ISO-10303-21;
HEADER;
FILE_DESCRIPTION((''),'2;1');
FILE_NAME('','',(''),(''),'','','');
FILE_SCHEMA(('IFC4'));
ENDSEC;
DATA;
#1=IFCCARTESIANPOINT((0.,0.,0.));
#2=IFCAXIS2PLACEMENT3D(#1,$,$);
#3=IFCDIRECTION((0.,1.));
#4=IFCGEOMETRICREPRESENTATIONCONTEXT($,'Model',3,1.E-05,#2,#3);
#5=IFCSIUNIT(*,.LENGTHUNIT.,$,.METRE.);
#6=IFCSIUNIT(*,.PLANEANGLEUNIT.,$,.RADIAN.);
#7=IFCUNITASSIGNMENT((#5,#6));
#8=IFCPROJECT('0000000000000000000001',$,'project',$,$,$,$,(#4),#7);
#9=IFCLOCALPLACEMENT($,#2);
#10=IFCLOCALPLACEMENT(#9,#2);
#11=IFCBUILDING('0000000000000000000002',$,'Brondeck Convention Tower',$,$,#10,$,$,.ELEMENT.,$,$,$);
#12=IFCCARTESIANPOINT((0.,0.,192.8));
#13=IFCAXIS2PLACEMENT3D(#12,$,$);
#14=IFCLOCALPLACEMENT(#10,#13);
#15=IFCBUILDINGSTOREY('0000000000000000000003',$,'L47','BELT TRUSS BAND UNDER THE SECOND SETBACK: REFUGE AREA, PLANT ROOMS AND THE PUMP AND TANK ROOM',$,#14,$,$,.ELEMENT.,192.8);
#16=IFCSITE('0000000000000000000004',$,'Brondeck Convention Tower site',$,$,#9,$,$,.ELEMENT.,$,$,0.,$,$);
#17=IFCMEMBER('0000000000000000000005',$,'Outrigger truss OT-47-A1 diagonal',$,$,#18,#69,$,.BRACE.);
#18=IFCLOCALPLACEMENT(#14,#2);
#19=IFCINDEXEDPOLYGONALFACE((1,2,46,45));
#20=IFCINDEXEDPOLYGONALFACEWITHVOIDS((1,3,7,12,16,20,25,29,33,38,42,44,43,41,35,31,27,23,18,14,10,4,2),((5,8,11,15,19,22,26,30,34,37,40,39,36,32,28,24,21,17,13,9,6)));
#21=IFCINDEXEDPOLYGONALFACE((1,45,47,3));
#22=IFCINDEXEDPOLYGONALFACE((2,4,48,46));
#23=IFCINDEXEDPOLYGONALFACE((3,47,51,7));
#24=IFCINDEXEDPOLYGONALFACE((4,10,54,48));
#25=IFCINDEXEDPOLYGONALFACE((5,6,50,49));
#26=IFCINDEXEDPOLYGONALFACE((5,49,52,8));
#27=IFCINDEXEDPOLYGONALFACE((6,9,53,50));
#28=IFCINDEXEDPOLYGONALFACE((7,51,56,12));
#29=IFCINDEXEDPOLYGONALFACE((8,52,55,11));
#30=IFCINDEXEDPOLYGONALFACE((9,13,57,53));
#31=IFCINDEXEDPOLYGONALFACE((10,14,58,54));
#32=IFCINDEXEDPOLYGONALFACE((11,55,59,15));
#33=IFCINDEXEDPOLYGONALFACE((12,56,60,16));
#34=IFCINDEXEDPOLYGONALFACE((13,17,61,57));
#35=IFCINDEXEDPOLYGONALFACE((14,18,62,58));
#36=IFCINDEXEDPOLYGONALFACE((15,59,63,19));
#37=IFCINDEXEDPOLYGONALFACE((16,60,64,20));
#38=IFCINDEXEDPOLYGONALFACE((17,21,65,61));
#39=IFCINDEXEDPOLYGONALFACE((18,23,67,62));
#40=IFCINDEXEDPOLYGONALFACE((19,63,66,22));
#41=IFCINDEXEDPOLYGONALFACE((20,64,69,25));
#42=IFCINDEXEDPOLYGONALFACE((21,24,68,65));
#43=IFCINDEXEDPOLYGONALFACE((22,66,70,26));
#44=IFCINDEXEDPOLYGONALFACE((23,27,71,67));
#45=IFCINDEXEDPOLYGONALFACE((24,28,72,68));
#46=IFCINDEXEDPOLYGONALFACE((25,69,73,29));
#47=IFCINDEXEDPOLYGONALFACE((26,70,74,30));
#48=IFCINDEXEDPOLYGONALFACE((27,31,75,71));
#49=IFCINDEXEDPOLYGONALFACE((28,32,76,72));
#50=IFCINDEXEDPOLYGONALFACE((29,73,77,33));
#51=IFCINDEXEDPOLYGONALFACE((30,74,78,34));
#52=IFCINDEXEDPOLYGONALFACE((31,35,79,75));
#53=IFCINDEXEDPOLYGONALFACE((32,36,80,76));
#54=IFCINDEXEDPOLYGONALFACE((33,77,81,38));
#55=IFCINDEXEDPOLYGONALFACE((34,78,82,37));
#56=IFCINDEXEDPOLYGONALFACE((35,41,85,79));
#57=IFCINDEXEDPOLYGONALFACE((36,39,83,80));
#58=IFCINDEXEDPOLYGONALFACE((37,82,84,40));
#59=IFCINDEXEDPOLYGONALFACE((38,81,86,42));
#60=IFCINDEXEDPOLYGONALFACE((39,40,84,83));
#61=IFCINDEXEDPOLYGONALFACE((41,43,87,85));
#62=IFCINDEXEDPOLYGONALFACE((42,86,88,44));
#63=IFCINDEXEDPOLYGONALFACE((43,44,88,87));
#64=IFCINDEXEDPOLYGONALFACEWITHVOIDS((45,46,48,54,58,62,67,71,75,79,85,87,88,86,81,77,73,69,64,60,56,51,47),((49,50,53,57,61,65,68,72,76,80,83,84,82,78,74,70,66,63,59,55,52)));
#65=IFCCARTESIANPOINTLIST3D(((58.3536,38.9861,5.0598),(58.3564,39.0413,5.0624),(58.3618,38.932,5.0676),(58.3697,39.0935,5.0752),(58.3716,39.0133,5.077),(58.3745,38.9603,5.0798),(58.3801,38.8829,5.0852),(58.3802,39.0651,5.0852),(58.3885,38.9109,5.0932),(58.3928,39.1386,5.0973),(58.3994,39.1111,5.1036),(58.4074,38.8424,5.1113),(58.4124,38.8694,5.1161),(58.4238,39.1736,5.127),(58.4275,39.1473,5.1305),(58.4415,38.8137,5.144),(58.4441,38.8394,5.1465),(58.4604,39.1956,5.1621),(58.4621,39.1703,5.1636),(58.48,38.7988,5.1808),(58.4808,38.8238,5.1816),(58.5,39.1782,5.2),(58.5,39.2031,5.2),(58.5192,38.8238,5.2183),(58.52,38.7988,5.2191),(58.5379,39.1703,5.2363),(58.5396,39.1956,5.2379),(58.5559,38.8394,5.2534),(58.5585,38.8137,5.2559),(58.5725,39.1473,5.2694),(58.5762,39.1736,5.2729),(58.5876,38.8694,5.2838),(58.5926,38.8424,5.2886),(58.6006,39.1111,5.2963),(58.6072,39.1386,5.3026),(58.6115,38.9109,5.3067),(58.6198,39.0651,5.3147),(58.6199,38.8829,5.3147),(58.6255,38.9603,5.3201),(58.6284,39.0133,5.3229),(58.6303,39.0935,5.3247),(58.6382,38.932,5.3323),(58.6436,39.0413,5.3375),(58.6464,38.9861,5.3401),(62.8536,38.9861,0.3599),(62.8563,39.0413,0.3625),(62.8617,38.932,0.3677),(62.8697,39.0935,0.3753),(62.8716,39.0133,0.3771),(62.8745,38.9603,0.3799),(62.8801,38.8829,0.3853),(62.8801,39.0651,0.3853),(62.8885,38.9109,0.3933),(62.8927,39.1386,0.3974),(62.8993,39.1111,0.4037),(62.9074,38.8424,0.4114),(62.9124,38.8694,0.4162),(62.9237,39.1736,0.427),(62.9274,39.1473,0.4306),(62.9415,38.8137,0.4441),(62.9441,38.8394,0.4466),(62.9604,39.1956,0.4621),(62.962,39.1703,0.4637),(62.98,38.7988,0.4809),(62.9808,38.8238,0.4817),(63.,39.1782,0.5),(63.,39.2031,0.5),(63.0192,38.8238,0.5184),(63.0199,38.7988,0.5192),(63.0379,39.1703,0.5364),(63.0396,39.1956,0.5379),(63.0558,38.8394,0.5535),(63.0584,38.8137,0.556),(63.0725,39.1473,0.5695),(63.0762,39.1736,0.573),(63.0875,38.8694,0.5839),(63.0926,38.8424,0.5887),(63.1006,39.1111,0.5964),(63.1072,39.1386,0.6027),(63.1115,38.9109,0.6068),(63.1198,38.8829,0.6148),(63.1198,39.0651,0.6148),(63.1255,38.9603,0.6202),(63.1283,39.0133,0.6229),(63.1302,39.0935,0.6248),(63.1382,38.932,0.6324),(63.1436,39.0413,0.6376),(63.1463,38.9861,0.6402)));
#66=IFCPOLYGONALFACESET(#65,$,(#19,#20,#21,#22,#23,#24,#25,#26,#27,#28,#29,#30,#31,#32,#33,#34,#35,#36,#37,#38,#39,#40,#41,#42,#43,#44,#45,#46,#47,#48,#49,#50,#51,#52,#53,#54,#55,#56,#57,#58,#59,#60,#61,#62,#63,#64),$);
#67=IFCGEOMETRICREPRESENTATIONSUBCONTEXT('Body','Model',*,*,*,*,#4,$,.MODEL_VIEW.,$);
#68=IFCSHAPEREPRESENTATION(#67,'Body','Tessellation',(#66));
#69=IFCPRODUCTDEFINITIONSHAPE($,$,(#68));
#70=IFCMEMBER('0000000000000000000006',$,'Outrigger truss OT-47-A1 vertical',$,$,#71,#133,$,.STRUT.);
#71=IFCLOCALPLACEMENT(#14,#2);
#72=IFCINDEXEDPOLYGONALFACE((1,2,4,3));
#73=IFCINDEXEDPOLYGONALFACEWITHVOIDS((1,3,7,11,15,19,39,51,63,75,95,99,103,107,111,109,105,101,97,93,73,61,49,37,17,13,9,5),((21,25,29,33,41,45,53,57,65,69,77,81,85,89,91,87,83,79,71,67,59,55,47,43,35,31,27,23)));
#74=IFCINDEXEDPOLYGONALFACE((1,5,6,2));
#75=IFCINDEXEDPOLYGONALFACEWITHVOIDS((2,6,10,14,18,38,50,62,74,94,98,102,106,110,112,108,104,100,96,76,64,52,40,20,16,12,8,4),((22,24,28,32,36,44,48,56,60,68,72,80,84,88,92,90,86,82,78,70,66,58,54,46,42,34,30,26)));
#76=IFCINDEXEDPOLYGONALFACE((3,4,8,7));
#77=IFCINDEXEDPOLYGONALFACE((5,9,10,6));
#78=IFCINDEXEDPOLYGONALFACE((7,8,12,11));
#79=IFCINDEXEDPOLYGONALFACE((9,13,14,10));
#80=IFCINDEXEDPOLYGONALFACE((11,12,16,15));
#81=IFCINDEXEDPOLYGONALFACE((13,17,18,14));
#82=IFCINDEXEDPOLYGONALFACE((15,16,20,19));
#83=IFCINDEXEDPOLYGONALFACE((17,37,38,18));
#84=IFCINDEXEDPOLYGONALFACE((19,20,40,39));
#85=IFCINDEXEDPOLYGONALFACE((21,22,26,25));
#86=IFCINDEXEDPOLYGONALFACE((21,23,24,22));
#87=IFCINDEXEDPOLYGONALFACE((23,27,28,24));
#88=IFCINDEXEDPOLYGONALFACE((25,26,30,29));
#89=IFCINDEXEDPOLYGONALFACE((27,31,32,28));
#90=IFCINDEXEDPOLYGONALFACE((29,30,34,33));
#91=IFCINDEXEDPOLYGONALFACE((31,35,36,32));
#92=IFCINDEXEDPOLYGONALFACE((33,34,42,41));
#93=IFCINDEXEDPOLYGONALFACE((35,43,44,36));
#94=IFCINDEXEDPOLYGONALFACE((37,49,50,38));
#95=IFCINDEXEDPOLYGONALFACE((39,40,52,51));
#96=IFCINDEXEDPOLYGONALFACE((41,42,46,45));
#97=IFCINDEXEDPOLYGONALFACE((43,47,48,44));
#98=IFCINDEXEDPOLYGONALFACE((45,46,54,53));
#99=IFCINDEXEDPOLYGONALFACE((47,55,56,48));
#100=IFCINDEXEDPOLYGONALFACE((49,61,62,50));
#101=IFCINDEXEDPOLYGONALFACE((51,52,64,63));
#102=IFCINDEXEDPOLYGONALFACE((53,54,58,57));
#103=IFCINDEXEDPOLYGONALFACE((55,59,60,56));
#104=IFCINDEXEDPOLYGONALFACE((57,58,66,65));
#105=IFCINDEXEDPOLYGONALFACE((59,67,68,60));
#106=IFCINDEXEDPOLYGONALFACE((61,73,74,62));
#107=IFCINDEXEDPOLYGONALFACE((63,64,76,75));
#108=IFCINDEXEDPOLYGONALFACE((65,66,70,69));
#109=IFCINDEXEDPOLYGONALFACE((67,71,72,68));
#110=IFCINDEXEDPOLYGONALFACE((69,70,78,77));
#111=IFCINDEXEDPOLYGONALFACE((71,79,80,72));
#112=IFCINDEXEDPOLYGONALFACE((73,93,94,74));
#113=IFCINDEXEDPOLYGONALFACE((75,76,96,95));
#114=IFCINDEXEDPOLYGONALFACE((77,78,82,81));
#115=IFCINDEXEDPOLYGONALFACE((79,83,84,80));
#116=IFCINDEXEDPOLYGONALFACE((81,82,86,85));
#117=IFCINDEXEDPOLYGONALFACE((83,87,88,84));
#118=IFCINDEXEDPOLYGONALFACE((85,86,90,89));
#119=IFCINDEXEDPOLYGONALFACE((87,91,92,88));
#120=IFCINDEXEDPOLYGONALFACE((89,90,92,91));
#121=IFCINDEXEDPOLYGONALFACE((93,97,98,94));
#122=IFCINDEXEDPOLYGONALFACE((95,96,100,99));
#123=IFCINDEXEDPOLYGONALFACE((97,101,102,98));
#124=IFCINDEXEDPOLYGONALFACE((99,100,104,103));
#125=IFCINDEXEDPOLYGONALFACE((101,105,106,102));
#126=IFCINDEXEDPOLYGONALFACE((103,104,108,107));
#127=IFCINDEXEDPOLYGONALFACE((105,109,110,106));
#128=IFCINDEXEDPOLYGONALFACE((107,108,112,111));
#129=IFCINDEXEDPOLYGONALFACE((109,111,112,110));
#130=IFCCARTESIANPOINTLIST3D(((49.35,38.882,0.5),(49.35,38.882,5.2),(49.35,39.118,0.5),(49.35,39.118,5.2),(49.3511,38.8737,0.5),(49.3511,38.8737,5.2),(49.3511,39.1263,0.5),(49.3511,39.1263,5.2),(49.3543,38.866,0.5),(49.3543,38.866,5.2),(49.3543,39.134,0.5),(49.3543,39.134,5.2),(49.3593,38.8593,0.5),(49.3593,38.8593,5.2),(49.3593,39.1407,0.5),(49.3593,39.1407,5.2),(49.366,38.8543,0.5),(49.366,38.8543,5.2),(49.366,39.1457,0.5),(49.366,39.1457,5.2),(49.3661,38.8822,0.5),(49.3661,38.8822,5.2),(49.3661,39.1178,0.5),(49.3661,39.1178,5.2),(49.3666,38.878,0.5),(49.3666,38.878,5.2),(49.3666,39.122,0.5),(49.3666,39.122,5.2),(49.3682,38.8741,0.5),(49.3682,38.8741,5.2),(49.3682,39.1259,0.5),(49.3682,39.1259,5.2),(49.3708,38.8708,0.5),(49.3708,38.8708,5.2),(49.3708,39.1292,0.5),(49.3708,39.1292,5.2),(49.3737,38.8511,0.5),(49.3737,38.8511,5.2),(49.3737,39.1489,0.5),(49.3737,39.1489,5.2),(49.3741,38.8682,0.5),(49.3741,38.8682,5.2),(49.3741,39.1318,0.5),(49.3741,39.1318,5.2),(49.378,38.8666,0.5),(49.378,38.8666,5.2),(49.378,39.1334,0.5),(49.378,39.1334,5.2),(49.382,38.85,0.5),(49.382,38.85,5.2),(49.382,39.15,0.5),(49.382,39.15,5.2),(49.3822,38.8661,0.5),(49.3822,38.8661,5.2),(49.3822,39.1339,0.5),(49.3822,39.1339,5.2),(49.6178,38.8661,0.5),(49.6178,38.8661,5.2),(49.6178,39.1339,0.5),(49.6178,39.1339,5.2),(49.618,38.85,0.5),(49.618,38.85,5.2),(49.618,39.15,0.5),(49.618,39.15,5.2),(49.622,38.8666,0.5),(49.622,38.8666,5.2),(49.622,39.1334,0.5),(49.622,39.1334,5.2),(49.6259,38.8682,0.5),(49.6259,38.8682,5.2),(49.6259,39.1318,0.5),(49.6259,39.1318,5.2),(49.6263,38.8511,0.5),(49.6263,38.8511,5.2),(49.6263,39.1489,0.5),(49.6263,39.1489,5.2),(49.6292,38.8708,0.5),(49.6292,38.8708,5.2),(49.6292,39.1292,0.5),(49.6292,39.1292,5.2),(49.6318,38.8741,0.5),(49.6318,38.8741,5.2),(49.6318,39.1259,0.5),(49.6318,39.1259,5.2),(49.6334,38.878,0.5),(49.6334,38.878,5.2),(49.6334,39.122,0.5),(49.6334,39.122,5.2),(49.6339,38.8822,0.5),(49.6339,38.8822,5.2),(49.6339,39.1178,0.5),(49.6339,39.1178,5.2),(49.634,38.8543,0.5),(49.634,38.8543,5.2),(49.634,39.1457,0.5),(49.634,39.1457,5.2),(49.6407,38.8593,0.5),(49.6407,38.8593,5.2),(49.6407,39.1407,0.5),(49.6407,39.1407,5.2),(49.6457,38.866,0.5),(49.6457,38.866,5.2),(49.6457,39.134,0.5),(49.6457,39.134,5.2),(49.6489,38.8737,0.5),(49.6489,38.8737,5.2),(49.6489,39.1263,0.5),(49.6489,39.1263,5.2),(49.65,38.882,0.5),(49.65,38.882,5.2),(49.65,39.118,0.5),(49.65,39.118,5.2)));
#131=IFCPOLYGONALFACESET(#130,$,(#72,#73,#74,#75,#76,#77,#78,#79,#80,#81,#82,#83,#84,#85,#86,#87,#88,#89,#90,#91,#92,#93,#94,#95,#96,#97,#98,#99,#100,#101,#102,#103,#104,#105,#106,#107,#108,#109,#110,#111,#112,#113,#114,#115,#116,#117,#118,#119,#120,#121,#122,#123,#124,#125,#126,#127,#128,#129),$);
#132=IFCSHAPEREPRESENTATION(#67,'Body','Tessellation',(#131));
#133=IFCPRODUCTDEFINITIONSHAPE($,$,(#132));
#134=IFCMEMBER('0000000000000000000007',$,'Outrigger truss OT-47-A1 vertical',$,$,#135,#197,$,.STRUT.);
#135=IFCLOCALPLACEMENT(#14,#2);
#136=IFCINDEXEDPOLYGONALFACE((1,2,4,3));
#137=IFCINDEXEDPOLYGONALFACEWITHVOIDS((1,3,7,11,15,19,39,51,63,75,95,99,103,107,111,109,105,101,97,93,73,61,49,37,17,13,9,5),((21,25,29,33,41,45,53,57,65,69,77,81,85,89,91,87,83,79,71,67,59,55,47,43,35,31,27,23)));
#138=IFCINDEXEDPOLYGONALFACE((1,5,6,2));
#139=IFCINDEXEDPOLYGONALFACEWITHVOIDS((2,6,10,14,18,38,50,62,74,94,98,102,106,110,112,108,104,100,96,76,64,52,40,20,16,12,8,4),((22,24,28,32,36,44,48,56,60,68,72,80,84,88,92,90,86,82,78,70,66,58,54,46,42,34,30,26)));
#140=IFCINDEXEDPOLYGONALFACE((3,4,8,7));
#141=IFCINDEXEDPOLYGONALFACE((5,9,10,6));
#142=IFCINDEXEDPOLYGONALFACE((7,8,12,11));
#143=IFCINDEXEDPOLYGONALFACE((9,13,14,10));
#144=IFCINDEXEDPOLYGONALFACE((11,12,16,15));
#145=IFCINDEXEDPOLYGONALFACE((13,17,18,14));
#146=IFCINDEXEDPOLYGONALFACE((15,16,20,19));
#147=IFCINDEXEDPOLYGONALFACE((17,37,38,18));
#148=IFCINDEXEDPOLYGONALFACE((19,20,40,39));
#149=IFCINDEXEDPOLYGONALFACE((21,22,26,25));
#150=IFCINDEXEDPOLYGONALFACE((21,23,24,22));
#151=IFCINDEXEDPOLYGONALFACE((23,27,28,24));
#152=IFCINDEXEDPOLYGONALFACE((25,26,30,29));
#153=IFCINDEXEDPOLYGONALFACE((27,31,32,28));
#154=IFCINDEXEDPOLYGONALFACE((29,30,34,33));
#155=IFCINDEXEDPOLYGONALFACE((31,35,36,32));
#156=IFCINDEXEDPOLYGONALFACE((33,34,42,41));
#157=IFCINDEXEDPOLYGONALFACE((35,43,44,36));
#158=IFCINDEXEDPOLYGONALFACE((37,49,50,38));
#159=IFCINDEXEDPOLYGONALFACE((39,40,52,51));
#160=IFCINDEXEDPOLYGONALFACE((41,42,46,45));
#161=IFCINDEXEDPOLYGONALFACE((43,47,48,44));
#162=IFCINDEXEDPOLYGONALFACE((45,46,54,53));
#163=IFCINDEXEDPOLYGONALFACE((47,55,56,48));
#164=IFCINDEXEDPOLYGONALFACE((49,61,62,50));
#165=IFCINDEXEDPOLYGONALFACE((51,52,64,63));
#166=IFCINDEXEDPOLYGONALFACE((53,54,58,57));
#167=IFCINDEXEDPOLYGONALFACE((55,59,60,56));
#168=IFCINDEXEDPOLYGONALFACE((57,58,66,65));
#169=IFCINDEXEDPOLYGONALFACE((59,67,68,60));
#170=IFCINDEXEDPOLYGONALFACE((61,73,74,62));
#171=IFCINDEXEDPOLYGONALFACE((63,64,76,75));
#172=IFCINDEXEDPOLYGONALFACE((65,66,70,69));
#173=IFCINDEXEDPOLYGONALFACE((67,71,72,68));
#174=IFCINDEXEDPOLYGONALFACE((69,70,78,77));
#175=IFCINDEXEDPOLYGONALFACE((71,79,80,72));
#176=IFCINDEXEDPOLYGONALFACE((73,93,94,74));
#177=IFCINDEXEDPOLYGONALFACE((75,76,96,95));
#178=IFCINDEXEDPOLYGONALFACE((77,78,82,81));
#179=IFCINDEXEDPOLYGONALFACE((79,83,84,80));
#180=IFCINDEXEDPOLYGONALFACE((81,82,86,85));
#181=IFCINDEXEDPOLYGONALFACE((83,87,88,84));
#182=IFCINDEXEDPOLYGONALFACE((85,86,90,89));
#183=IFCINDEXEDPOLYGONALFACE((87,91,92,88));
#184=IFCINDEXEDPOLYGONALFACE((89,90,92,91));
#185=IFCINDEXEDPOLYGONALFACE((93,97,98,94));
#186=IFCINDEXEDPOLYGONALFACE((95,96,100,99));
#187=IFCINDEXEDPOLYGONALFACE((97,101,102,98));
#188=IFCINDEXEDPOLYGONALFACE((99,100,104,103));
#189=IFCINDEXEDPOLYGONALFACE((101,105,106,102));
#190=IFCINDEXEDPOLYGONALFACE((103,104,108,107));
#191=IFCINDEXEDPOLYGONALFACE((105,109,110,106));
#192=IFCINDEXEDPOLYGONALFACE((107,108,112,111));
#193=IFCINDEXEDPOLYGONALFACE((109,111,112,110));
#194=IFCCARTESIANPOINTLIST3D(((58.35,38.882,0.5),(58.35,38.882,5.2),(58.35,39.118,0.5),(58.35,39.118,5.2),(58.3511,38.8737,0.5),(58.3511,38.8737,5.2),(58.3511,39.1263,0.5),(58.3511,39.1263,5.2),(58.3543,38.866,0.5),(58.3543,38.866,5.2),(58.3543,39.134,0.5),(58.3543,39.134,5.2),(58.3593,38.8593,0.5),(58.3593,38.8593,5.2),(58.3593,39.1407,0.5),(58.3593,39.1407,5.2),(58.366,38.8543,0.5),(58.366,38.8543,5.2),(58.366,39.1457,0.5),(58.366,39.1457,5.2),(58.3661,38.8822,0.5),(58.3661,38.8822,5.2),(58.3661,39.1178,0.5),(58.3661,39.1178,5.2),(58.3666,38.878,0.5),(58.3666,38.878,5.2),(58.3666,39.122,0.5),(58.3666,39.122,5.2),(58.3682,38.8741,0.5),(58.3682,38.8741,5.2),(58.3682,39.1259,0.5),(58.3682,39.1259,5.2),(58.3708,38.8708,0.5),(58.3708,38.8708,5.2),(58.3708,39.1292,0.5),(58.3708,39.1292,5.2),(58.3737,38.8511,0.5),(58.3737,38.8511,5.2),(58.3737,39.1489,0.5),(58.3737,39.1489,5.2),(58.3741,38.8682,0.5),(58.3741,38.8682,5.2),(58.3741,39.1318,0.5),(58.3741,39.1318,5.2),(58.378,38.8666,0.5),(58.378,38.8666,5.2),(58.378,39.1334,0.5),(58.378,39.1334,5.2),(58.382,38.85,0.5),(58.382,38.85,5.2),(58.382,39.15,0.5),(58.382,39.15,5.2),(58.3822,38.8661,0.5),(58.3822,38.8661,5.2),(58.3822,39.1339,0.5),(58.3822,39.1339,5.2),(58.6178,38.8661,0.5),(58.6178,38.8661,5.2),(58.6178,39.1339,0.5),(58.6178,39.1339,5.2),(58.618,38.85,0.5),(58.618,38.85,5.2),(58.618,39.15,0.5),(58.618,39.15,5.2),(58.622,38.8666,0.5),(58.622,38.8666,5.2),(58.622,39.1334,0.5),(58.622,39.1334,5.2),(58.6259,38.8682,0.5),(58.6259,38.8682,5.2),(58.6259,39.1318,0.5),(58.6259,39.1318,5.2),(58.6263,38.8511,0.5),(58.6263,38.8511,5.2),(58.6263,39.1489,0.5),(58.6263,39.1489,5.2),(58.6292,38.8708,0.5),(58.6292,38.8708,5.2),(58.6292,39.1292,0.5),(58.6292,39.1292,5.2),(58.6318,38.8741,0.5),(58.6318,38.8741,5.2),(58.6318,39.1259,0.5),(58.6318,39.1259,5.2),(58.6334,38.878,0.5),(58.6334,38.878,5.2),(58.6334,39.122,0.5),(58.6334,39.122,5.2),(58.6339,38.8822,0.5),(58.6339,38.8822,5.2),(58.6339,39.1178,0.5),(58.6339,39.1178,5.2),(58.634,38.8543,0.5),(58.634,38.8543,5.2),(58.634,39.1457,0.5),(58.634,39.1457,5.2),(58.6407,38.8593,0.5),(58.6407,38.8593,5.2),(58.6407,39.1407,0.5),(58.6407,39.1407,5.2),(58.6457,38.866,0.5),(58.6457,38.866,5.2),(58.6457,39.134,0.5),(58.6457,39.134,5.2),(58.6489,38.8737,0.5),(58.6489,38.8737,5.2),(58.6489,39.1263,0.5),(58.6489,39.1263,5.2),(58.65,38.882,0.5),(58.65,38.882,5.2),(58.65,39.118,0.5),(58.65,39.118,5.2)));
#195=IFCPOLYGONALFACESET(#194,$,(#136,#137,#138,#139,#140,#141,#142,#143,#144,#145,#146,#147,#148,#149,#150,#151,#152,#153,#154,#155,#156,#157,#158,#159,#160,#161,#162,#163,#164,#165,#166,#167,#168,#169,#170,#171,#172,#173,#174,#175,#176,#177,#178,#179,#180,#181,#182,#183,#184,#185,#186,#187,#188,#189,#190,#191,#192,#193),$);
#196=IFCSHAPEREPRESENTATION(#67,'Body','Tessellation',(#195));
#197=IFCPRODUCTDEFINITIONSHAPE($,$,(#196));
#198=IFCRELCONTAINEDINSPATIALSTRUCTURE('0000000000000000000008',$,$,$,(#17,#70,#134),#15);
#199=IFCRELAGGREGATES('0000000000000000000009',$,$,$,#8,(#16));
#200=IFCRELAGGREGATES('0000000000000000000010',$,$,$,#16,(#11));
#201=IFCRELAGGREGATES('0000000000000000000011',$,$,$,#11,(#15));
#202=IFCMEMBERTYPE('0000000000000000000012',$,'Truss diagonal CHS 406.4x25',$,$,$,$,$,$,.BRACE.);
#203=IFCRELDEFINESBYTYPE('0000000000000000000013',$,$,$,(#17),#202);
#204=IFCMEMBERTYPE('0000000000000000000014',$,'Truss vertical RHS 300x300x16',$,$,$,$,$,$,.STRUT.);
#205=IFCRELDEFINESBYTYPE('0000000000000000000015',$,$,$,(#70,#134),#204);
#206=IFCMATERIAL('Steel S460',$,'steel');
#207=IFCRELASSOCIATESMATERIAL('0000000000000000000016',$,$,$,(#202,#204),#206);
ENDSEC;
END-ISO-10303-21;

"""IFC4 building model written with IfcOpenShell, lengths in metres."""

from ifc_helpers import new_model, si_unit, direction, frame, origin, origin_2d, place, context, subcontext, project, spatial, hollow_rectangle, hollow_circle, extrude, material, material_profile, profile_set, type_object, element, save


model = new_model("IFC4")

# Units and contexts
model_context = context("Model", 3, precision=1e-05, world=origin(), true_north=direction((0.0, 1.0)))
body_context = subcontext(model_context, "Body", "Model", "MODEL_VIEW")
ifc_project = project(units=[si_unit("LENGTHUNIT", "METRE"), si_unit("PLANEANGLEUNIT", "RADIAN")], contexts=[model_context])

# Site, building, storey
site_placement = place(None, origin())
site = spatial("IfcSite", under=ifc_project, at=site_placement, Name="Brondeck Convention Tower site", CompositionType="ELEMENT", RefElevation=0.0)
building_placement = place(site_placement, origin())
building = spatial("IfcBuilding", under=site, at=building_placement, Name="Brondeck Convention Tower", CompositionType="ELEMENT")
storey_placement = place(building_placement, frame((0.0, 0.0, 192.8)))
storey = spatial("IfcBuildingStorey", under=building, at=storey_placement, Name="L47", Description="BELT TRUSS BAND UNDER THE SECOND SETBACK: REFUGE AREA, PLANT ROOMS AND THE PUMP AND TANK ROOM", CompositionType="ELEMENT", Elevation=192.8)

# Members
ifc_material_1 = material(Name="Steel S460", Category="steel")
ifc_material_profile_1 = material_profile(ifc_material_1, hollow_circle(Radius=0.2031, WallThickness=0.0249, at=origin_2d()), Name="CHS 406.4x25")
ifc_profile_set_1 = profile_set([ifc_material_profile_1], Name="Steel S460")
member_type_1 = type_object("IfcMemberType", Name="Truss diagonal CHS 406.4x25", PredefinedType="BRACE", material=ifc_profile_set_1)
for number, where, z_axis, x_axis, name in (
    (1, (58.5, 39.0, 5.2), (0.691575, 0.0, -0.722304), (0.0, 1.0, 0.0), "Outrigger truss OT-47-A1 diagonal"),
):
    element("IfcMember", number, at=place(storey_placement, frame(where, z_axis=z_axis, x_axis=x_axis)), inside=storey, type_object=member_type_1, Name=name, PredefinedType="BRACE", context=body_context, shape_type="SweptSolid", body=[
        extrude(hollow_circle(Radius=0.2031, WallThickness=0.0249, at=origin_2d()), origin(), (0.0, 0.0, 1.0), 6.5068),
    ])
ifc_material_profile_2 = material_profile(ifc_material_1, hollow_rectangle(XDim=0.3, YDim=0.3, WallThickness=0.0161, InnerFilletRadius=0.0161, OuterFilletRadius=0.032, at=origin_2d()), Name="RHS 300x300x16")
ifc_profile_set_2 = profile_set([ifc_material_profile_2], Name="Steel S460")
member_type_2 = type_object("IfcMemberType", Name="Truss vertical RHS 300x300x16", PredefinedType="STRUT", material=ifc_profile_set_2)
for number, where, z_axis, x_axis, name in (
    (2, (49.5, 39.0, 0.5), (0.0, 0.0, 1.0), (1.0, 0.0, 0.0), "Outrigger truss OT-47-A1 vertical"),
    (3, (58.5, 39.0, 0.5), (0.0, 0.0, 1.0), (1.0, 0.0, 0.0), "Outrigger truss OT-47-A1 vertical"),
):
    element("IfcMember", number, at=place(storey_placement, frame(where, z_axis=z_axis, x_axis=x_axis)), inside=storey, type_object=member_type_2, Name=name, PredefinedType="STRUT", context=body_context, shape_type="SweptSolid", body=[
        extrude(hollow_rectangle(XDim=0.3, YDim=0.3, WallThickness=0.0161, InnerFilletRadius=0.0161, OuterFilletRadius=0.032, at=origin_2d()), origin(), (0.0, 0.0, 1.0), 4.7),
    ])

save(model, "model.ifc")
